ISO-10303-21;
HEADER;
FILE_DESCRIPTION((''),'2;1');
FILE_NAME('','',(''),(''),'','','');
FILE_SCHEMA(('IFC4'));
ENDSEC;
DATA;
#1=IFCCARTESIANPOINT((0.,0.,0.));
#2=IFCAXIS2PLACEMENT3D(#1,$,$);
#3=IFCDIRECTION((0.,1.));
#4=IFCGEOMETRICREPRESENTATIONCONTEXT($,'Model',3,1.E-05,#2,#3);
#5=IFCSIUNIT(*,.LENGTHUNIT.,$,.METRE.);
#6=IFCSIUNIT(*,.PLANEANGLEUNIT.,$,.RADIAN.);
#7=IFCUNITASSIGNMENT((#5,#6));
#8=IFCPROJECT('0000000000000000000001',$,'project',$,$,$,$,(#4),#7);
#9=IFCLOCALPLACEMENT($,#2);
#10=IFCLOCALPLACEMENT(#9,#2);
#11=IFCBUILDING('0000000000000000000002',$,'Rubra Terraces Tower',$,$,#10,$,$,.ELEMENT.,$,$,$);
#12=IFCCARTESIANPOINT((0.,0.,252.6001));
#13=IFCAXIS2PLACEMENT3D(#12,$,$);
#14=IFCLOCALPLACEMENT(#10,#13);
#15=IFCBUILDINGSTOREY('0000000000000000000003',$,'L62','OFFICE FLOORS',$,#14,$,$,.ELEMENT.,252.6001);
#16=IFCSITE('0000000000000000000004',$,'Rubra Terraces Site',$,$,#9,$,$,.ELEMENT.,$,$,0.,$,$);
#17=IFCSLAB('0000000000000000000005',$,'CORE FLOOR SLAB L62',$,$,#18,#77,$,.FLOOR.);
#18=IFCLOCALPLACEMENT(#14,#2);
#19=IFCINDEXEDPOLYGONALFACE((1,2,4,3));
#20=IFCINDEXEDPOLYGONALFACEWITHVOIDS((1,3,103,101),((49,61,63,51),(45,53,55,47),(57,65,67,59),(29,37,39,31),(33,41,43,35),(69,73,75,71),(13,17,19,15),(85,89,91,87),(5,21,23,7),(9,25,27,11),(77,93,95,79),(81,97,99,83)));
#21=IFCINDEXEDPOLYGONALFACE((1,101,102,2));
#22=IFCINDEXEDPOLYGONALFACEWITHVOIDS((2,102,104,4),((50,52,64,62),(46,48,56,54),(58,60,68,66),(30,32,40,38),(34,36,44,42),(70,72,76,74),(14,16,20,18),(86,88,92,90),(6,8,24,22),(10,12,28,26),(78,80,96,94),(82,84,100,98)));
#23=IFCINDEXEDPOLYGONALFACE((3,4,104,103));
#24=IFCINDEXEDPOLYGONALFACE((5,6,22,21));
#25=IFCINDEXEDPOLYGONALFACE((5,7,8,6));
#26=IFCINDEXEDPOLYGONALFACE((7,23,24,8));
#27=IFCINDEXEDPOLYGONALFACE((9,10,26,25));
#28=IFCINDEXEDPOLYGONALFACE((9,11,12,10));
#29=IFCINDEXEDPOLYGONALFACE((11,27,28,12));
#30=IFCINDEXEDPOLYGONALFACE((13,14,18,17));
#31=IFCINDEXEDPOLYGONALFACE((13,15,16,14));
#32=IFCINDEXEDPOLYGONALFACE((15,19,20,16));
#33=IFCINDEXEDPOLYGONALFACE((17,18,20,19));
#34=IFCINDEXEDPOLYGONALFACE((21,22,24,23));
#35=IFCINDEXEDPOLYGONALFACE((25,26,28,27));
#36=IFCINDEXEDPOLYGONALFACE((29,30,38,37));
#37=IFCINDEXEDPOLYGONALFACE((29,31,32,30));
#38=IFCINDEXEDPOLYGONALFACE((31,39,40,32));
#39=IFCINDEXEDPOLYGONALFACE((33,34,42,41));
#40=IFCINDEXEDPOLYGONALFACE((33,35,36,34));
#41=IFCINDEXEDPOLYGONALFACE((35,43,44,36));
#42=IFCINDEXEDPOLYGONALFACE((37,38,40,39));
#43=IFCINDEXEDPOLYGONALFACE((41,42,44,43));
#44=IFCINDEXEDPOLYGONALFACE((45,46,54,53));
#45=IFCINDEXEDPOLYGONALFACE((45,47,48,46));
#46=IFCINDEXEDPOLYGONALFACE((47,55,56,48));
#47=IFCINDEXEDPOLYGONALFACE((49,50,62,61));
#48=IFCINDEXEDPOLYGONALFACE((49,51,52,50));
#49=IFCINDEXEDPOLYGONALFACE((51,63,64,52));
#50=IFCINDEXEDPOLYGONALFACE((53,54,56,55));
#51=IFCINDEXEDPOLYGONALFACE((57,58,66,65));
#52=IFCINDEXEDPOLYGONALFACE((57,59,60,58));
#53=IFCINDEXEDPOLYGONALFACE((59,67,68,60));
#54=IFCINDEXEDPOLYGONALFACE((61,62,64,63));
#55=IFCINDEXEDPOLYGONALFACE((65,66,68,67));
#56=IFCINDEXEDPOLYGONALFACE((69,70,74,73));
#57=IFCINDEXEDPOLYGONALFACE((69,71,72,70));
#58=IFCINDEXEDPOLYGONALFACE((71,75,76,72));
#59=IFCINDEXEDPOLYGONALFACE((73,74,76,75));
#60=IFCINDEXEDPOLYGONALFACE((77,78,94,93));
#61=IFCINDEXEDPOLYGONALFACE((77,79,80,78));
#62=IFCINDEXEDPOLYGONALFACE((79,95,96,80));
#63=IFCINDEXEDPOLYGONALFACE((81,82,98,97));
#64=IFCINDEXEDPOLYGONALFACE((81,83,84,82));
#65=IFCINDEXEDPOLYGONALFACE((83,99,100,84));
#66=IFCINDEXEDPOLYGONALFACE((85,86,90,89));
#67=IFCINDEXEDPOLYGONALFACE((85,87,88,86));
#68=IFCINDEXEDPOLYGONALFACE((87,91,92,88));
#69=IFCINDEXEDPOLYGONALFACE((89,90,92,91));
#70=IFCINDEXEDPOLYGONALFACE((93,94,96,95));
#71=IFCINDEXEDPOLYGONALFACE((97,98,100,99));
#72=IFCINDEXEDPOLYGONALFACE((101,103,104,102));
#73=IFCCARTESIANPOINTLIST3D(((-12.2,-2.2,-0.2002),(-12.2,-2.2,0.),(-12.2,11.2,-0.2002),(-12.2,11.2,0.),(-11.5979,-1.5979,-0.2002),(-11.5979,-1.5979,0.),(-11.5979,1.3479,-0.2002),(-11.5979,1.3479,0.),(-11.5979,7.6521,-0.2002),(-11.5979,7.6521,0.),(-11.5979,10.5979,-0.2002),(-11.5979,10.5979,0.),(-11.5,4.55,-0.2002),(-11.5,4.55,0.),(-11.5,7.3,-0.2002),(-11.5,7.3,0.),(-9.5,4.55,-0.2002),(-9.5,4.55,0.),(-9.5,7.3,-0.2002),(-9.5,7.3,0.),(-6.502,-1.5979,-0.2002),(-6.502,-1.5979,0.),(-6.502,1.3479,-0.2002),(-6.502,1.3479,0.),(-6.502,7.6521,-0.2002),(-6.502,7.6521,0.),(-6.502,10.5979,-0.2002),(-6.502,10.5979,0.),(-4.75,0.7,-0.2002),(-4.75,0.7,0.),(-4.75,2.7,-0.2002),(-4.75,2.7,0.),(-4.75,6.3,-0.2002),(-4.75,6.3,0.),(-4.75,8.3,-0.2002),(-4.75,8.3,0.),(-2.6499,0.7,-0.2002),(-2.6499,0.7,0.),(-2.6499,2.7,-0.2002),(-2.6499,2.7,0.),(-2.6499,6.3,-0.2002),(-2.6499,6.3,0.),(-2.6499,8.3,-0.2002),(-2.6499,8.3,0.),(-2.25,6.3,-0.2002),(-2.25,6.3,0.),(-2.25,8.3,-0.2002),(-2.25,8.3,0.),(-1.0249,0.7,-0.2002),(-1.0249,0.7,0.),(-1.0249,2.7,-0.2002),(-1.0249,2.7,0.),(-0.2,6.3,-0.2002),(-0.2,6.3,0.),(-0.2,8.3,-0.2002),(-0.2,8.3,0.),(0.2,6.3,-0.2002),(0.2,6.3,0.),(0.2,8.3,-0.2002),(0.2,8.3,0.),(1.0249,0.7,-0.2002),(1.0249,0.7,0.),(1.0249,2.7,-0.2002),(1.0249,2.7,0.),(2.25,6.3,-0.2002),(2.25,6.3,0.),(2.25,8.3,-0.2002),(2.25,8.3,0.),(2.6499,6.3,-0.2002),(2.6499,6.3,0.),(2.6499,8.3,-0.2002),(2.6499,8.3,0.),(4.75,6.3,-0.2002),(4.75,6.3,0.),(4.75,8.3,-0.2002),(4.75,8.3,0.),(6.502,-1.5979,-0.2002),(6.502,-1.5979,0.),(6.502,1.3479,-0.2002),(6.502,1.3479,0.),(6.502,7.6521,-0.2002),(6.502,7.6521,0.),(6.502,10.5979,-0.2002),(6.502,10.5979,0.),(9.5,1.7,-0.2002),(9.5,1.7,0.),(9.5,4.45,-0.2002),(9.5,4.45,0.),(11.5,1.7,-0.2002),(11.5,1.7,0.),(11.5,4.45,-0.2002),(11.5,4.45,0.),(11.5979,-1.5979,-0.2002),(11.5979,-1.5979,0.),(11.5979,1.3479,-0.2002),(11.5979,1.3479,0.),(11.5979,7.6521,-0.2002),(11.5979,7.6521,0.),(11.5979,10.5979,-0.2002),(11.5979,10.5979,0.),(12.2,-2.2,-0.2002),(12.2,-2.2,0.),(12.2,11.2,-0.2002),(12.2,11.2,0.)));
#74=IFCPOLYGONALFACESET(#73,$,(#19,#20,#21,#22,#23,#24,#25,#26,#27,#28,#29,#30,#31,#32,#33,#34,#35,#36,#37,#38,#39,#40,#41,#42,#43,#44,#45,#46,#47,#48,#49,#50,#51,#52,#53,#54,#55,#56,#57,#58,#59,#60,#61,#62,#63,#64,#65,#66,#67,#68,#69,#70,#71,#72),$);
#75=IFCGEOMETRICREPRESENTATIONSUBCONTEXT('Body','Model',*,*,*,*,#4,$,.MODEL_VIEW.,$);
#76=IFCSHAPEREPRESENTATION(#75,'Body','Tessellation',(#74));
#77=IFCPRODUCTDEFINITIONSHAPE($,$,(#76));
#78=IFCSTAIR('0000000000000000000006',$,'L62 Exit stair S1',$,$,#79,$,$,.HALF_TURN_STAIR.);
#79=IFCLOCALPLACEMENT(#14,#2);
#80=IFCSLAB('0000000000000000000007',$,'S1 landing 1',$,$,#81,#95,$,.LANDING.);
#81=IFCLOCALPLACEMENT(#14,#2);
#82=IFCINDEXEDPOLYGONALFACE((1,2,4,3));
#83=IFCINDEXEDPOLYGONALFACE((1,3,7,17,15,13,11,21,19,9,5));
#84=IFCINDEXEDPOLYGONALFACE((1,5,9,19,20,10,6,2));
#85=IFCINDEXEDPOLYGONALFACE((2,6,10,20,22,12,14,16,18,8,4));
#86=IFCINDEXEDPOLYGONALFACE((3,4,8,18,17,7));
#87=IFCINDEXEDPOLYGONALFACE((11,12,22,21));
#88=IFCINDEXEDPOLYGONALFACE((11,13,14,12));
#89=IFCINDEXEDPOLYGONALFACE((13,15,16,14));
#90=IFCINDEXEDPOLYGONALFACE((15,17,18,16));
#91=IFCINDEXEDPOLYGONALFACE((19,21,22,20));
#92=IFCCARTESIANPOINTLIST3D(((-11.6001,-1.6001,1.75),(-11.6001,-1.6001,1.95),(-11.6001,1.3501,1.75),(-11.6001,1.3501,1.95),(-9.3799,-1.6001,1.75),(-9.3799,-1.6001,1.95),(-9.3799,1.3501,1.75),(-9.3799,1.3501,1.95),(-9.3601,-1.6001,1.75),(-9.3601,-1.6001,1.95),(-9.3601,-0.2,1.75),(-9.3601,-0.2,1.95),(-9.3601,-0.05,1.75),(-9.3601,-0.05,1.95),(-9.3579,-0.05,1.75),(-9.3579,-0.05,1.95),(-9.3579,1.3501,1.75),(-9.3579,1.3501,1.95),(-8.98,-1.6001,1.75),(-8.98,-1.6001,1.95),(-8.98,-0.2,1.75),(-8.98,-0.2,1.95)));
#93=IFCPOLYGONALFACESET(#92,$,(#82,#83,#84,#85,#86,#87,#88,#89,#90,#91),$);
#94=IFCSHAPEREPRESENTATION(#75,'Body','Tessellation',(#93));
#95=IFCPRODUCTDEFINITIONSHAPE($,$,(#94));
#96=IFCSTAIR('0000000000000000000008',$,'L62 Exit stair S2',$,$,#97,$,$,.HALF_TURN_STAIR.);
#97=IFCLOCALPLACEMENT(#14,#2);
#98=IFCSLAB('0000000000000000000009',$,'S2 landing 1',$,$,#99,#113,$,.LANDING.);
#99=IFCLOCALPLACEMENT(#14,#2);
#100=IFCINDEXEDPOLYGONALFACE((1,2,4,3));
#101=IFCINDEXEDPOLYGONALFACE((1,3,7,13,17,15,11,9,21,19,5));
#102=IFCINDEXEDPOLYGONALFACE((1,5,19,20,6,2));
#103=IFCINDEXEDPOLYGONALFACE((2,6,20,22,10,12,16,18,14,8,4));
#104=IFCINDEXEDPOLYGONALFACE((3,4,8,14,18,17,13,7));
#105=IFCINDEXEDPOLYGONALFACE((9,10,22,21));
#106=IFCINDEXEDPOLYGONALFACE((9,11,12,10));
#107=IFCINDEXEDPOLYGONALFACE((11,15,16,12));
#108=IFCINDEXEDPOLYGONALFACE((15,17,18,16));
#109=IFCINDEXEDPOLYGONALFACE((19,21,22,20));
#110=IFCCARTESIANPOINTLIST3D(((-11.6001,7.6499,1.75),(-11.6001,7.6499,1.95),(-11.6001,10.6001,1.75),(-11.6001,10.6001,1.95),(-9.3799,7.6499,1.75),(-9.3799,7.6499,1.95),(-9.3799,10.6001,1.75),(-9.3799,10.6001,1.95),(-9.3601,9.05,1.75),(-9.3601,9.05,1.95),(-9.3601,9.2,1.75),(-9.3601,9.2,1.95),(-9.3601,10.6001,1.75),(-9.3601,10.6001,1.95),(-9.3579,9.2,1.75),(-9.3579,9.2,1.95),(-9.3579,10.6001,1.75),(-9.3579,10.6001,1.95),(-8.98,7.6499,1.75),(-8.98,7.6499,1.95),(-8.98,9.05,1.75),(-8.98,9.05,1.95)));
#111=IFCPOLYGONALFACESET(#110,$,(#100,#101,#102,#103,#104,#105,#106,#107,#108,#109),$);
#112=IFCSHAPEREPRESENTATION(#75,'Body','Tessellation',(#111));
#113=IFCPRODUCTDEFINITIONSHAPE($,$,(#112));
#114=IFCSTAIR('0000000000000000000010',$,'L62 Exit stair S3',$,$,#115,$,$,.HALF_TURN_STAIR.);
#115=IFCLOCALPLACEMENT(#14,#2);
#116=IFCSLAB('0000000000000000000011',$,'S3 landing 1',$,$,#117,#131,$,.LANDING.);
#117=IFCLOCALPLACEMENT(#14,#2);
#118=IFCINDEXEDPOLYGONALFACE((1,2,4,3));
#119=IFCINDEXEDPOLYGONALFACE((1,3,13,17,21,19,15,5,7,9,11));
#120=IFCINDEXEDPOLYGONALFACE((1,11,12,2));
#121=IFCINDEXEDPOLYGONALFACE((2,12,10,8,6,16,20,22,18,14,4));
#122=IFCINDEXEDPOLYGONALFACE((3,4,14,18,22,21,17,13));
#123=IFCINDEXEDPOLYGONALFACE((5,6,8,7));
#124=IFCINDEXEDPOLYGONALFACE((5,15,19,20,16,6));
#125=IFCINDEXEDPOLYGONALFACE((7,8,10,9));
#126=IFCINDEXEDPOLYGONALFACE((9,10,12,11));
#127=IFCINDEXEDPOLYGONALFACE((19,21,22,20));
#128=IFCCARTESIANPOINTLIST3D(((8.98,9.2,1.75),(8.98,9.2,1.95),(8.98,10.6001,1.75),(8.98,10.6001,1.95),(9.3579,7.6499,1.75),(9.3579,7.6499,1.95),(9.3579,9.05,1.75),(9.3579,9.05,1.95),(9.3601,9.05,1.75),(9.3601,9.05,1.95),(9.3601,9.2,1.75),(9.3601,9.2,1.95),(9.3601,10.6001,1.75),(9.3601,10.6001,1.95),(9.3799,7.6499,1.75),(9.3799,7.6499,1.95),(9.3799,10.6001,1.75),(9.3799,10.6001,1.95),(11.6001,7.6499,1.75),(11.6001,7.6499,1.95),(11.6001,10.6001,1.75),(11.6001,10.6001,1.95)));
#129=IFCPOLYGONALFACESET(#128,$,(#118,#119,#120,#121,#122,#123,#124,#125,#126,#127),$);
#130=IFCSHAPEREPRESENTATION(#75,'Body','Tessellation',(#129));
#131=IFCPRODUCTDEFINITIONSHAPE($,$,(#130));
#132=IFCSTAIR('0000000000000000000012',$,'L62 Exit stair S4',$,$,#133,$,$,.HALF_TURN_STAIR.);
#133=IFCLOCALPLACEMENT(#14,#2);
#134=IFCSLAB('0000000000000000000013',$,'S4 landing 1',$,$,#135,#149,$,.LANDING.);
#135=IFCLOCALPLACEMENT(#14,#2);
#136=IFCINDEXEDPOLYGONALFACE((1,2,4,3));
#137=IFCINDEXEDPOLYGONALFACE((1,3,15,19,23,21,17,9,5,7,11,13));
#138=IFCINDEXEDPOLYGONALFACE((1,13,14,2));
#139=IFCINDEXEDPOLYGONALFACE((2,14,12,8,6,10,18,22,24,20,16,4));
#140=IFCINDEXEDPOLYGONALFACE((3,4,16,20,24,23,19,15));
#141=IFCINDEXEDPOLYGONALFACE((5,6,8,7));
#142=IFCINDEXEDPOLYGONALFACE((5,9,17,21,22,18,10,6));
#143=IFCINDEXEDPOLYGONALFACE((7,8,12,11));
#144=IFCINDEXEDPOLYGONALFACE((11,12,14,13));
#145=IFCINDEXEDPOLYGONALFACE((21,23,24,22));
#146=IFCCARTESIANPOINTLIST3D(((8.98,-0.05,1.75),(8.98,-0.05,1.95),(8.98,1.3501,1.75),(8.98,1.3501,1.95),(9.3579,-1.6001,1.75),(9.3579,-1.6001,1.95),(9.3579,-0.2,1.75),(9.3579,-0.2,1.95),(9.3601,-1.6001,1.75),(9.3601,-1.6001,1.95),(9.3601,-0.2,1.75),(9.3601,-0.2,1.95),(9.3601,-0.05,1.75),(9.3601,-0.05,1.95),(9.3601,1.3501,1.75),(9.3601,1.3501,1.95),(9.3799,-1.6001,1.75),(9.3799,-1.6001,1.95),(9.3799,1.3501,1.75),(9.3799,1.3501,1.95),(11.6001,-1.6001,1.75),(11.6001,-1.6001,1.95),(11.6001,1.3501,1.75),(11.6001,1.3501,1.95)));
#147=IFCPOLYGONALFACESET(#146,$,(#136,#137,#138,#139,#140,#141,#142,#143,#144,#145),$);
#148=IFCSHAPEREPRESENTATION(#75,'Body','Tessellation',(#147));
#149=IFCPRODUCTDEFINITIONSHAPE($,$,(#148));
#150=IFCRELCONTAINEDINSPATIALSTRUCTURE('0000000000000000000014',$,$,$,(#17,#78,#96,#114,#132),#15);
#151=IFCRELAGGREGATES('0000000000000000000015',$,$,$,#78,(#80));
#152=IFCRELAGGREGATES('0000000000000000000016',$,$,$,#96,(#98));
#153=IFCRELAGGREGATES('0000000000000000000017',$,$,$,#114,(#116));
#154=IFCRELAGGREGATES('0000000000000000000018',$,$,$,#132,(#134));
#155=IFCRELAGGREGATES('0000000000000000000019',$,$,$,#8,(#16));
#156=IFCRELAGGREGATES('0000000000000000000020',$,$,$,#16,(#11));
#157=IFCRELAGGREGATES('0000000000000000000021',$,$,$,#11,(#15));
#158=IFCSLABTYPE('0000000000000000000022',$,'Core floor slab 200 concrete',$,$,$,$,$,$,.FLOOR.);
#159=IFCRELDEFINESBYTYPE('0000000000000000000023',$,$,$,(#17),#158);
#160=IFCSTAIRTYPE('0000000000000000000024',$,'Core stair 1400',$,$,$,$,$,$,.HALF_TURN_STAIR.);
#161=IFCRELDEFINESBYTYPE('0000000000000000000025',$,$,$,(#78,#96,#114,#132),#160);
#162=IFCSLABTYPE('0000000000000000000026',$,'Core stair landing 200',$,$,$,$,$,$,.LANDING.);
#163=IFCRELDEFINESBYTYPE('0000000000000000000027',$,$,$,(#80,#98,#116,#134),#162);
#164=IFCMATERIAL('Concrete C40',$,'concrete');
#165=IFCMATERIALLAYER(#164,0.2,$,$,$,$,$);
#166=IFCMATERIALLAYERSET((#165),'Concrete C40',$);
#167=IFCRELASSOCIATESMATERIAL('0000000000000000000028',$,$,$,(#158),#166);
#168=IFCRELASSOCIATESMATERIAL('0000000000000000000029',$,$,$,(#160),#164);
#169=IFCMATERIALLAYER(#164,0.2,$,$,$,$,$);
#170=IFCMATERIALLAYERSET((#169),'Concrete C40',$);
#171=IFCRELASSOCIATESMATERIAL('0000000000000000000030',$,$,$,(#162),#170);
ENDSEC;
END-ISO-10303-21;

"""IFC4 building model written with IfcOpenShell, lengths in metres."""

from ifc_helpers import new_model, si_unit, direction, frame, origin, place, context, subcontext, project, spatial, polyline, outline, extrude, material, layer, layer_set, type_object, element, aggregate, save


model = new_model("IFC4")

# Units and contexts
model_context = context("Model", 3, precision=1e-05, world=origin(), true_north=direction((0.0, 1.0)))
body_context = subcontext(model_context, "Body", "Model", "MODEL_VIEW")
ifc_project = project(units=[si_unit("LENGTHUNIT", "METRE"), si_unit("PLANEANGLEUNIT", "RADIAN")], contexts=[model_context])

# Site, building, storey
site_placement = place(None, origin())
site = spatial("IfcSite", under=ifc_project, at=site_placement, Name="Rubra Terraces Site", CompositionType="ELEMENT", RefElevation=0.0)
building_placement = place(site_placement, origin())
building = spatial("IfcBuilding", under=site, at=building_placement, Name="Rubra Terraces Tower", CompositionType="ELEMENT")
storey_placement = place(building_placement, frame((0.0, 0.0, 252.6001)))
storey = spatial("IfcBuildingStorey", under=building, at=storey_placement, Name="L62", Description="OFFICE FLOORS", CompositionType="ELEMENT", Elevation=252.6001)

# Slab
ifc_material_1 = material(Name="Concrete C40", Category="concrete")
ifc_layer_1 = layer(ifc_material_1, 0.2)
ifc_layer_set_1 = layer_set([ifc_layer_1], Name="Concrete C40")
slab_type_1 = type_object("IfcSlabType", Name="Core floor slab 200 concrete", PredefinedType="FLOOR", material=ifc_layer_set_1)
slab_1_placement = place(storey_placement, frame((0.0, 0.0, -0.2002)))
element("IfcSlab", 1, at=slab_1_placement, inside=storey, type_object=slab_type_1, Name="CORE FLOOR SLAB L62", PredefinedType="FLOOR", context=body_context, shape_type="SweptSolid", body=[
    extrude(outline(polyline([(-12.2, -2.2), (-12.2, 11.2), (12.2, 11.2), (12.2, -2.2), (-12.2, -2.2)]), holes=[polyline([(11.5979, 1.3479), (6.502, 1.3479), (6.502, -1.5979), (11.5979, -1.5979), (11.5979, 1.3479)]), polyline([(11.5979, 7.6521), (11.5979, 10.5979), (6.502, 10.5979), (6.502, 7.6521), (11.5979, 7.6521)]), polyline([(9.5, 1.7), (11.5, 1.7), (11.5, 4.45), (9.5, 4.45), (9.5, 1.7)]), polyline([(4.75, 6.3), (4.75, 8.3), (2.6499, 8.3), (2.6499, 6.3), (4.75, 6.3)]), polyline([(2.25, 8.3), (0.2, 8.3), (0.2, 6.3), (2.25, 6.3), (2.25, 8.3)]), polyline([(1.0249, 0.7), (1.0249, 2.7), (-1.0249, 2.7), (-1.0249, 0.7), (1.0249, 0.7)]), polyline([(-0.2, 6.3), (-0.2, 8.3), (-2.25, 8.3), (-2.25, 6.3), (-0.2, 6.3)]), polyline([(-4.75, 8.3), (-4.75, 6.3), (-2.6499, 6.3), (-2.6499, 8.3), (-4.75, 8.3)]), polyline([(-2.6499, 0.7), (-2.6499, 2.7), (-4.75, 2.7), (-4.75, 0.7), (-2.6499, 0.7)]), polyline([(-11.5979, -1.5979), (-6.502, -1.5979), (-6.502, 1.3479), (-11.5979, 1.3479), (-11.5979, -1.5979)]), polyline([(-11.5979, 10.5979), (-11.5979, 7.6521), (-6.502, 7.6521), (-6.502, 10.5979), (-11.5979, 10.5979)]), polyline([(-9.5, 4.55), (-9.5, 7.3), (-11.5, 7.3), (-11.5, 4.55), (-9.5, 4.55)])]), origin(), (0.0, 0.0, 1.0), 0.2002),
])

# Stairs, slabs
stair_type = type_object("IfcStairType", Name="Core stair 1400", PredefinedType="HALF_TURN_STAIR", material=ifc_material_1)
stair_1_placement = place(storey_placement, origin())
stair_1 = element("IfcStair", 2, at=stair_1_placement, inside=storey, type_object=stair_type, Name="L62 Exit stair S1", PredefinedType="HALF_TURN_STAIR")
ifc_layer_2 = layer(ifc_material_1, 0.2)
ifc_layer_set_2 = layer_set([ifc_layer_2], Name="Concrete C40")
slab_type_2 = type_object("IfcSlabType", Name="Core stair landing 200", PredefinedType="LANDING", material=ifc_layer_set_2)
slab_2_placement = place(storey_placement, frame((0.0, 0.0, 1.75)))
slab_2 = element("IfcSlab", 3, at=slab_2_placement, type_object=slab_type_2, Name="S1 landing 1", PredefinedType="LANDING", context=body_context, shape_type="SweptSolid", body=[
    extrude(outline(polyline([(-8.98, -0.2), (-8.98, -1.6001), (-9.3601, -1.6001), (-9.3799, -1.6001), (-11.6001, -1.6001), (-11.6001, 1.3501), (-9.3799, 1.3501), (-9.3579, 1.3501), (-9.3579, -0.05), (-9.3601, -0.05), (-9.3601, -0.2), (-8.98, -0.2)])), origin(), (0.0, 0.0, 1.0), 0.2),
])
aggregate(stair_1, [slab_2])
stair_2_placement = place(storey_placement, origin())
stair_2 = element("IfcStair", 4, at=stair_2_placement, inside=storey, type_object=stair_type, Name="L62 Exit stair S2", PredefinedType="HALF_TURN_STAIR")
slab_3_placement = place(storey_placement, frame((0.0, 0.0, 1.75)))
slab_3 = element("IfcSlab", 5, at=slab_3_placement, type_object=slab_type_2, Name="S2 landing 1", PredefinedType="LANDING", context=body_context, shape_type="SweptSolid", body=[
    extrude(outline(polyline([(-8.98, 9.05), (-8.98, 7.6499), (-9.3799, 7.6499), (-11.6001, 7.6499), (-11.6001, 10.6001), (-9.3799, 10.6001), (-9.3601, 10.6001), (-9.3579, 10.6001), (-9.3579, 9.2), (-9.3601, 9.2), (-9.3601, 9.05), (-8.98, 9.05)])), origin(), (0.0, 0.0, 1.0), 0.2),
])
aggregate(stair_2, [slab_3])
stair_3_placement = place(storey_placement, origin())
stair_3 = element("IfcStair", 6, at=stair_3_placement, inside=storey, type_object=stair_type, Name="L62 Exit stair S3", PredefinedType="HALF_TURN_STAIR")
slab_4_placement = place(storey_placement, frame((0.0, 0.0, 1.75)))
slab_4 = element("IfcSlab", 7, at=slab_4_placement, type_object=slab_type_2, Name="S3 landing 1", PredefinedType="LANDING", context=body_context, shape_type="SweptSolid", body=[
    extrude(outline(polyline([(9.3601, 9.05), (9.3601, 9.2), (8.98, 9.2), (8.98, 10.6001), (9.3601, 10.6001), (9.3799, 10.6001), (11.6001, 10.6001), (11.6001, 7.6499), (9.3799, 7.6499), (9.3579, 7.6499), (9.3579, 9.05), (9.3601, 9.05)])), origin(), (0.0, 0.0, 1.0), 0.2),
])
aggregate(stair_3, [slab_4])
stair_4_placement = place(storey_placement, origin())
stair_4 = element("IfcStair", 8, at=stair_4_placement, inside=storey, type_object=stair_type, Name="L62 Exit stair S4", PredefinedType="HALF_TURN_STAIR")
slab_5_placement = place(storey_placement, frame((0.0, 0.0, 1.75)))
slab_5 = element("IfcSlab", 9, at=slab_5_placement, type_object=slab_type_2, Name="S4 landing 1", PredefinedType="LANDING", context=body_context, shape_type="SweptSolid", body=[
    extrude(outline(polyline([(9.3601, -0.2), (9.3601, -0.05), (8.98, -0.05), (8.98, 1.3501), (9.3601, 1.3501), (9.3799, 1.3501), (11.6001, 1.3501), (11.6001, -1.6001), (9.3799, -1.6001), (9.3601, -1.6001), (9.3579, -1.6001), (9.3579, -0.2), (9.3601, -0.2)])), origin(), (0.0, 0.0, 1.0), 0.2),
])

aggregate(stair_4, [slab_5])

save(model, "model.ifc")
